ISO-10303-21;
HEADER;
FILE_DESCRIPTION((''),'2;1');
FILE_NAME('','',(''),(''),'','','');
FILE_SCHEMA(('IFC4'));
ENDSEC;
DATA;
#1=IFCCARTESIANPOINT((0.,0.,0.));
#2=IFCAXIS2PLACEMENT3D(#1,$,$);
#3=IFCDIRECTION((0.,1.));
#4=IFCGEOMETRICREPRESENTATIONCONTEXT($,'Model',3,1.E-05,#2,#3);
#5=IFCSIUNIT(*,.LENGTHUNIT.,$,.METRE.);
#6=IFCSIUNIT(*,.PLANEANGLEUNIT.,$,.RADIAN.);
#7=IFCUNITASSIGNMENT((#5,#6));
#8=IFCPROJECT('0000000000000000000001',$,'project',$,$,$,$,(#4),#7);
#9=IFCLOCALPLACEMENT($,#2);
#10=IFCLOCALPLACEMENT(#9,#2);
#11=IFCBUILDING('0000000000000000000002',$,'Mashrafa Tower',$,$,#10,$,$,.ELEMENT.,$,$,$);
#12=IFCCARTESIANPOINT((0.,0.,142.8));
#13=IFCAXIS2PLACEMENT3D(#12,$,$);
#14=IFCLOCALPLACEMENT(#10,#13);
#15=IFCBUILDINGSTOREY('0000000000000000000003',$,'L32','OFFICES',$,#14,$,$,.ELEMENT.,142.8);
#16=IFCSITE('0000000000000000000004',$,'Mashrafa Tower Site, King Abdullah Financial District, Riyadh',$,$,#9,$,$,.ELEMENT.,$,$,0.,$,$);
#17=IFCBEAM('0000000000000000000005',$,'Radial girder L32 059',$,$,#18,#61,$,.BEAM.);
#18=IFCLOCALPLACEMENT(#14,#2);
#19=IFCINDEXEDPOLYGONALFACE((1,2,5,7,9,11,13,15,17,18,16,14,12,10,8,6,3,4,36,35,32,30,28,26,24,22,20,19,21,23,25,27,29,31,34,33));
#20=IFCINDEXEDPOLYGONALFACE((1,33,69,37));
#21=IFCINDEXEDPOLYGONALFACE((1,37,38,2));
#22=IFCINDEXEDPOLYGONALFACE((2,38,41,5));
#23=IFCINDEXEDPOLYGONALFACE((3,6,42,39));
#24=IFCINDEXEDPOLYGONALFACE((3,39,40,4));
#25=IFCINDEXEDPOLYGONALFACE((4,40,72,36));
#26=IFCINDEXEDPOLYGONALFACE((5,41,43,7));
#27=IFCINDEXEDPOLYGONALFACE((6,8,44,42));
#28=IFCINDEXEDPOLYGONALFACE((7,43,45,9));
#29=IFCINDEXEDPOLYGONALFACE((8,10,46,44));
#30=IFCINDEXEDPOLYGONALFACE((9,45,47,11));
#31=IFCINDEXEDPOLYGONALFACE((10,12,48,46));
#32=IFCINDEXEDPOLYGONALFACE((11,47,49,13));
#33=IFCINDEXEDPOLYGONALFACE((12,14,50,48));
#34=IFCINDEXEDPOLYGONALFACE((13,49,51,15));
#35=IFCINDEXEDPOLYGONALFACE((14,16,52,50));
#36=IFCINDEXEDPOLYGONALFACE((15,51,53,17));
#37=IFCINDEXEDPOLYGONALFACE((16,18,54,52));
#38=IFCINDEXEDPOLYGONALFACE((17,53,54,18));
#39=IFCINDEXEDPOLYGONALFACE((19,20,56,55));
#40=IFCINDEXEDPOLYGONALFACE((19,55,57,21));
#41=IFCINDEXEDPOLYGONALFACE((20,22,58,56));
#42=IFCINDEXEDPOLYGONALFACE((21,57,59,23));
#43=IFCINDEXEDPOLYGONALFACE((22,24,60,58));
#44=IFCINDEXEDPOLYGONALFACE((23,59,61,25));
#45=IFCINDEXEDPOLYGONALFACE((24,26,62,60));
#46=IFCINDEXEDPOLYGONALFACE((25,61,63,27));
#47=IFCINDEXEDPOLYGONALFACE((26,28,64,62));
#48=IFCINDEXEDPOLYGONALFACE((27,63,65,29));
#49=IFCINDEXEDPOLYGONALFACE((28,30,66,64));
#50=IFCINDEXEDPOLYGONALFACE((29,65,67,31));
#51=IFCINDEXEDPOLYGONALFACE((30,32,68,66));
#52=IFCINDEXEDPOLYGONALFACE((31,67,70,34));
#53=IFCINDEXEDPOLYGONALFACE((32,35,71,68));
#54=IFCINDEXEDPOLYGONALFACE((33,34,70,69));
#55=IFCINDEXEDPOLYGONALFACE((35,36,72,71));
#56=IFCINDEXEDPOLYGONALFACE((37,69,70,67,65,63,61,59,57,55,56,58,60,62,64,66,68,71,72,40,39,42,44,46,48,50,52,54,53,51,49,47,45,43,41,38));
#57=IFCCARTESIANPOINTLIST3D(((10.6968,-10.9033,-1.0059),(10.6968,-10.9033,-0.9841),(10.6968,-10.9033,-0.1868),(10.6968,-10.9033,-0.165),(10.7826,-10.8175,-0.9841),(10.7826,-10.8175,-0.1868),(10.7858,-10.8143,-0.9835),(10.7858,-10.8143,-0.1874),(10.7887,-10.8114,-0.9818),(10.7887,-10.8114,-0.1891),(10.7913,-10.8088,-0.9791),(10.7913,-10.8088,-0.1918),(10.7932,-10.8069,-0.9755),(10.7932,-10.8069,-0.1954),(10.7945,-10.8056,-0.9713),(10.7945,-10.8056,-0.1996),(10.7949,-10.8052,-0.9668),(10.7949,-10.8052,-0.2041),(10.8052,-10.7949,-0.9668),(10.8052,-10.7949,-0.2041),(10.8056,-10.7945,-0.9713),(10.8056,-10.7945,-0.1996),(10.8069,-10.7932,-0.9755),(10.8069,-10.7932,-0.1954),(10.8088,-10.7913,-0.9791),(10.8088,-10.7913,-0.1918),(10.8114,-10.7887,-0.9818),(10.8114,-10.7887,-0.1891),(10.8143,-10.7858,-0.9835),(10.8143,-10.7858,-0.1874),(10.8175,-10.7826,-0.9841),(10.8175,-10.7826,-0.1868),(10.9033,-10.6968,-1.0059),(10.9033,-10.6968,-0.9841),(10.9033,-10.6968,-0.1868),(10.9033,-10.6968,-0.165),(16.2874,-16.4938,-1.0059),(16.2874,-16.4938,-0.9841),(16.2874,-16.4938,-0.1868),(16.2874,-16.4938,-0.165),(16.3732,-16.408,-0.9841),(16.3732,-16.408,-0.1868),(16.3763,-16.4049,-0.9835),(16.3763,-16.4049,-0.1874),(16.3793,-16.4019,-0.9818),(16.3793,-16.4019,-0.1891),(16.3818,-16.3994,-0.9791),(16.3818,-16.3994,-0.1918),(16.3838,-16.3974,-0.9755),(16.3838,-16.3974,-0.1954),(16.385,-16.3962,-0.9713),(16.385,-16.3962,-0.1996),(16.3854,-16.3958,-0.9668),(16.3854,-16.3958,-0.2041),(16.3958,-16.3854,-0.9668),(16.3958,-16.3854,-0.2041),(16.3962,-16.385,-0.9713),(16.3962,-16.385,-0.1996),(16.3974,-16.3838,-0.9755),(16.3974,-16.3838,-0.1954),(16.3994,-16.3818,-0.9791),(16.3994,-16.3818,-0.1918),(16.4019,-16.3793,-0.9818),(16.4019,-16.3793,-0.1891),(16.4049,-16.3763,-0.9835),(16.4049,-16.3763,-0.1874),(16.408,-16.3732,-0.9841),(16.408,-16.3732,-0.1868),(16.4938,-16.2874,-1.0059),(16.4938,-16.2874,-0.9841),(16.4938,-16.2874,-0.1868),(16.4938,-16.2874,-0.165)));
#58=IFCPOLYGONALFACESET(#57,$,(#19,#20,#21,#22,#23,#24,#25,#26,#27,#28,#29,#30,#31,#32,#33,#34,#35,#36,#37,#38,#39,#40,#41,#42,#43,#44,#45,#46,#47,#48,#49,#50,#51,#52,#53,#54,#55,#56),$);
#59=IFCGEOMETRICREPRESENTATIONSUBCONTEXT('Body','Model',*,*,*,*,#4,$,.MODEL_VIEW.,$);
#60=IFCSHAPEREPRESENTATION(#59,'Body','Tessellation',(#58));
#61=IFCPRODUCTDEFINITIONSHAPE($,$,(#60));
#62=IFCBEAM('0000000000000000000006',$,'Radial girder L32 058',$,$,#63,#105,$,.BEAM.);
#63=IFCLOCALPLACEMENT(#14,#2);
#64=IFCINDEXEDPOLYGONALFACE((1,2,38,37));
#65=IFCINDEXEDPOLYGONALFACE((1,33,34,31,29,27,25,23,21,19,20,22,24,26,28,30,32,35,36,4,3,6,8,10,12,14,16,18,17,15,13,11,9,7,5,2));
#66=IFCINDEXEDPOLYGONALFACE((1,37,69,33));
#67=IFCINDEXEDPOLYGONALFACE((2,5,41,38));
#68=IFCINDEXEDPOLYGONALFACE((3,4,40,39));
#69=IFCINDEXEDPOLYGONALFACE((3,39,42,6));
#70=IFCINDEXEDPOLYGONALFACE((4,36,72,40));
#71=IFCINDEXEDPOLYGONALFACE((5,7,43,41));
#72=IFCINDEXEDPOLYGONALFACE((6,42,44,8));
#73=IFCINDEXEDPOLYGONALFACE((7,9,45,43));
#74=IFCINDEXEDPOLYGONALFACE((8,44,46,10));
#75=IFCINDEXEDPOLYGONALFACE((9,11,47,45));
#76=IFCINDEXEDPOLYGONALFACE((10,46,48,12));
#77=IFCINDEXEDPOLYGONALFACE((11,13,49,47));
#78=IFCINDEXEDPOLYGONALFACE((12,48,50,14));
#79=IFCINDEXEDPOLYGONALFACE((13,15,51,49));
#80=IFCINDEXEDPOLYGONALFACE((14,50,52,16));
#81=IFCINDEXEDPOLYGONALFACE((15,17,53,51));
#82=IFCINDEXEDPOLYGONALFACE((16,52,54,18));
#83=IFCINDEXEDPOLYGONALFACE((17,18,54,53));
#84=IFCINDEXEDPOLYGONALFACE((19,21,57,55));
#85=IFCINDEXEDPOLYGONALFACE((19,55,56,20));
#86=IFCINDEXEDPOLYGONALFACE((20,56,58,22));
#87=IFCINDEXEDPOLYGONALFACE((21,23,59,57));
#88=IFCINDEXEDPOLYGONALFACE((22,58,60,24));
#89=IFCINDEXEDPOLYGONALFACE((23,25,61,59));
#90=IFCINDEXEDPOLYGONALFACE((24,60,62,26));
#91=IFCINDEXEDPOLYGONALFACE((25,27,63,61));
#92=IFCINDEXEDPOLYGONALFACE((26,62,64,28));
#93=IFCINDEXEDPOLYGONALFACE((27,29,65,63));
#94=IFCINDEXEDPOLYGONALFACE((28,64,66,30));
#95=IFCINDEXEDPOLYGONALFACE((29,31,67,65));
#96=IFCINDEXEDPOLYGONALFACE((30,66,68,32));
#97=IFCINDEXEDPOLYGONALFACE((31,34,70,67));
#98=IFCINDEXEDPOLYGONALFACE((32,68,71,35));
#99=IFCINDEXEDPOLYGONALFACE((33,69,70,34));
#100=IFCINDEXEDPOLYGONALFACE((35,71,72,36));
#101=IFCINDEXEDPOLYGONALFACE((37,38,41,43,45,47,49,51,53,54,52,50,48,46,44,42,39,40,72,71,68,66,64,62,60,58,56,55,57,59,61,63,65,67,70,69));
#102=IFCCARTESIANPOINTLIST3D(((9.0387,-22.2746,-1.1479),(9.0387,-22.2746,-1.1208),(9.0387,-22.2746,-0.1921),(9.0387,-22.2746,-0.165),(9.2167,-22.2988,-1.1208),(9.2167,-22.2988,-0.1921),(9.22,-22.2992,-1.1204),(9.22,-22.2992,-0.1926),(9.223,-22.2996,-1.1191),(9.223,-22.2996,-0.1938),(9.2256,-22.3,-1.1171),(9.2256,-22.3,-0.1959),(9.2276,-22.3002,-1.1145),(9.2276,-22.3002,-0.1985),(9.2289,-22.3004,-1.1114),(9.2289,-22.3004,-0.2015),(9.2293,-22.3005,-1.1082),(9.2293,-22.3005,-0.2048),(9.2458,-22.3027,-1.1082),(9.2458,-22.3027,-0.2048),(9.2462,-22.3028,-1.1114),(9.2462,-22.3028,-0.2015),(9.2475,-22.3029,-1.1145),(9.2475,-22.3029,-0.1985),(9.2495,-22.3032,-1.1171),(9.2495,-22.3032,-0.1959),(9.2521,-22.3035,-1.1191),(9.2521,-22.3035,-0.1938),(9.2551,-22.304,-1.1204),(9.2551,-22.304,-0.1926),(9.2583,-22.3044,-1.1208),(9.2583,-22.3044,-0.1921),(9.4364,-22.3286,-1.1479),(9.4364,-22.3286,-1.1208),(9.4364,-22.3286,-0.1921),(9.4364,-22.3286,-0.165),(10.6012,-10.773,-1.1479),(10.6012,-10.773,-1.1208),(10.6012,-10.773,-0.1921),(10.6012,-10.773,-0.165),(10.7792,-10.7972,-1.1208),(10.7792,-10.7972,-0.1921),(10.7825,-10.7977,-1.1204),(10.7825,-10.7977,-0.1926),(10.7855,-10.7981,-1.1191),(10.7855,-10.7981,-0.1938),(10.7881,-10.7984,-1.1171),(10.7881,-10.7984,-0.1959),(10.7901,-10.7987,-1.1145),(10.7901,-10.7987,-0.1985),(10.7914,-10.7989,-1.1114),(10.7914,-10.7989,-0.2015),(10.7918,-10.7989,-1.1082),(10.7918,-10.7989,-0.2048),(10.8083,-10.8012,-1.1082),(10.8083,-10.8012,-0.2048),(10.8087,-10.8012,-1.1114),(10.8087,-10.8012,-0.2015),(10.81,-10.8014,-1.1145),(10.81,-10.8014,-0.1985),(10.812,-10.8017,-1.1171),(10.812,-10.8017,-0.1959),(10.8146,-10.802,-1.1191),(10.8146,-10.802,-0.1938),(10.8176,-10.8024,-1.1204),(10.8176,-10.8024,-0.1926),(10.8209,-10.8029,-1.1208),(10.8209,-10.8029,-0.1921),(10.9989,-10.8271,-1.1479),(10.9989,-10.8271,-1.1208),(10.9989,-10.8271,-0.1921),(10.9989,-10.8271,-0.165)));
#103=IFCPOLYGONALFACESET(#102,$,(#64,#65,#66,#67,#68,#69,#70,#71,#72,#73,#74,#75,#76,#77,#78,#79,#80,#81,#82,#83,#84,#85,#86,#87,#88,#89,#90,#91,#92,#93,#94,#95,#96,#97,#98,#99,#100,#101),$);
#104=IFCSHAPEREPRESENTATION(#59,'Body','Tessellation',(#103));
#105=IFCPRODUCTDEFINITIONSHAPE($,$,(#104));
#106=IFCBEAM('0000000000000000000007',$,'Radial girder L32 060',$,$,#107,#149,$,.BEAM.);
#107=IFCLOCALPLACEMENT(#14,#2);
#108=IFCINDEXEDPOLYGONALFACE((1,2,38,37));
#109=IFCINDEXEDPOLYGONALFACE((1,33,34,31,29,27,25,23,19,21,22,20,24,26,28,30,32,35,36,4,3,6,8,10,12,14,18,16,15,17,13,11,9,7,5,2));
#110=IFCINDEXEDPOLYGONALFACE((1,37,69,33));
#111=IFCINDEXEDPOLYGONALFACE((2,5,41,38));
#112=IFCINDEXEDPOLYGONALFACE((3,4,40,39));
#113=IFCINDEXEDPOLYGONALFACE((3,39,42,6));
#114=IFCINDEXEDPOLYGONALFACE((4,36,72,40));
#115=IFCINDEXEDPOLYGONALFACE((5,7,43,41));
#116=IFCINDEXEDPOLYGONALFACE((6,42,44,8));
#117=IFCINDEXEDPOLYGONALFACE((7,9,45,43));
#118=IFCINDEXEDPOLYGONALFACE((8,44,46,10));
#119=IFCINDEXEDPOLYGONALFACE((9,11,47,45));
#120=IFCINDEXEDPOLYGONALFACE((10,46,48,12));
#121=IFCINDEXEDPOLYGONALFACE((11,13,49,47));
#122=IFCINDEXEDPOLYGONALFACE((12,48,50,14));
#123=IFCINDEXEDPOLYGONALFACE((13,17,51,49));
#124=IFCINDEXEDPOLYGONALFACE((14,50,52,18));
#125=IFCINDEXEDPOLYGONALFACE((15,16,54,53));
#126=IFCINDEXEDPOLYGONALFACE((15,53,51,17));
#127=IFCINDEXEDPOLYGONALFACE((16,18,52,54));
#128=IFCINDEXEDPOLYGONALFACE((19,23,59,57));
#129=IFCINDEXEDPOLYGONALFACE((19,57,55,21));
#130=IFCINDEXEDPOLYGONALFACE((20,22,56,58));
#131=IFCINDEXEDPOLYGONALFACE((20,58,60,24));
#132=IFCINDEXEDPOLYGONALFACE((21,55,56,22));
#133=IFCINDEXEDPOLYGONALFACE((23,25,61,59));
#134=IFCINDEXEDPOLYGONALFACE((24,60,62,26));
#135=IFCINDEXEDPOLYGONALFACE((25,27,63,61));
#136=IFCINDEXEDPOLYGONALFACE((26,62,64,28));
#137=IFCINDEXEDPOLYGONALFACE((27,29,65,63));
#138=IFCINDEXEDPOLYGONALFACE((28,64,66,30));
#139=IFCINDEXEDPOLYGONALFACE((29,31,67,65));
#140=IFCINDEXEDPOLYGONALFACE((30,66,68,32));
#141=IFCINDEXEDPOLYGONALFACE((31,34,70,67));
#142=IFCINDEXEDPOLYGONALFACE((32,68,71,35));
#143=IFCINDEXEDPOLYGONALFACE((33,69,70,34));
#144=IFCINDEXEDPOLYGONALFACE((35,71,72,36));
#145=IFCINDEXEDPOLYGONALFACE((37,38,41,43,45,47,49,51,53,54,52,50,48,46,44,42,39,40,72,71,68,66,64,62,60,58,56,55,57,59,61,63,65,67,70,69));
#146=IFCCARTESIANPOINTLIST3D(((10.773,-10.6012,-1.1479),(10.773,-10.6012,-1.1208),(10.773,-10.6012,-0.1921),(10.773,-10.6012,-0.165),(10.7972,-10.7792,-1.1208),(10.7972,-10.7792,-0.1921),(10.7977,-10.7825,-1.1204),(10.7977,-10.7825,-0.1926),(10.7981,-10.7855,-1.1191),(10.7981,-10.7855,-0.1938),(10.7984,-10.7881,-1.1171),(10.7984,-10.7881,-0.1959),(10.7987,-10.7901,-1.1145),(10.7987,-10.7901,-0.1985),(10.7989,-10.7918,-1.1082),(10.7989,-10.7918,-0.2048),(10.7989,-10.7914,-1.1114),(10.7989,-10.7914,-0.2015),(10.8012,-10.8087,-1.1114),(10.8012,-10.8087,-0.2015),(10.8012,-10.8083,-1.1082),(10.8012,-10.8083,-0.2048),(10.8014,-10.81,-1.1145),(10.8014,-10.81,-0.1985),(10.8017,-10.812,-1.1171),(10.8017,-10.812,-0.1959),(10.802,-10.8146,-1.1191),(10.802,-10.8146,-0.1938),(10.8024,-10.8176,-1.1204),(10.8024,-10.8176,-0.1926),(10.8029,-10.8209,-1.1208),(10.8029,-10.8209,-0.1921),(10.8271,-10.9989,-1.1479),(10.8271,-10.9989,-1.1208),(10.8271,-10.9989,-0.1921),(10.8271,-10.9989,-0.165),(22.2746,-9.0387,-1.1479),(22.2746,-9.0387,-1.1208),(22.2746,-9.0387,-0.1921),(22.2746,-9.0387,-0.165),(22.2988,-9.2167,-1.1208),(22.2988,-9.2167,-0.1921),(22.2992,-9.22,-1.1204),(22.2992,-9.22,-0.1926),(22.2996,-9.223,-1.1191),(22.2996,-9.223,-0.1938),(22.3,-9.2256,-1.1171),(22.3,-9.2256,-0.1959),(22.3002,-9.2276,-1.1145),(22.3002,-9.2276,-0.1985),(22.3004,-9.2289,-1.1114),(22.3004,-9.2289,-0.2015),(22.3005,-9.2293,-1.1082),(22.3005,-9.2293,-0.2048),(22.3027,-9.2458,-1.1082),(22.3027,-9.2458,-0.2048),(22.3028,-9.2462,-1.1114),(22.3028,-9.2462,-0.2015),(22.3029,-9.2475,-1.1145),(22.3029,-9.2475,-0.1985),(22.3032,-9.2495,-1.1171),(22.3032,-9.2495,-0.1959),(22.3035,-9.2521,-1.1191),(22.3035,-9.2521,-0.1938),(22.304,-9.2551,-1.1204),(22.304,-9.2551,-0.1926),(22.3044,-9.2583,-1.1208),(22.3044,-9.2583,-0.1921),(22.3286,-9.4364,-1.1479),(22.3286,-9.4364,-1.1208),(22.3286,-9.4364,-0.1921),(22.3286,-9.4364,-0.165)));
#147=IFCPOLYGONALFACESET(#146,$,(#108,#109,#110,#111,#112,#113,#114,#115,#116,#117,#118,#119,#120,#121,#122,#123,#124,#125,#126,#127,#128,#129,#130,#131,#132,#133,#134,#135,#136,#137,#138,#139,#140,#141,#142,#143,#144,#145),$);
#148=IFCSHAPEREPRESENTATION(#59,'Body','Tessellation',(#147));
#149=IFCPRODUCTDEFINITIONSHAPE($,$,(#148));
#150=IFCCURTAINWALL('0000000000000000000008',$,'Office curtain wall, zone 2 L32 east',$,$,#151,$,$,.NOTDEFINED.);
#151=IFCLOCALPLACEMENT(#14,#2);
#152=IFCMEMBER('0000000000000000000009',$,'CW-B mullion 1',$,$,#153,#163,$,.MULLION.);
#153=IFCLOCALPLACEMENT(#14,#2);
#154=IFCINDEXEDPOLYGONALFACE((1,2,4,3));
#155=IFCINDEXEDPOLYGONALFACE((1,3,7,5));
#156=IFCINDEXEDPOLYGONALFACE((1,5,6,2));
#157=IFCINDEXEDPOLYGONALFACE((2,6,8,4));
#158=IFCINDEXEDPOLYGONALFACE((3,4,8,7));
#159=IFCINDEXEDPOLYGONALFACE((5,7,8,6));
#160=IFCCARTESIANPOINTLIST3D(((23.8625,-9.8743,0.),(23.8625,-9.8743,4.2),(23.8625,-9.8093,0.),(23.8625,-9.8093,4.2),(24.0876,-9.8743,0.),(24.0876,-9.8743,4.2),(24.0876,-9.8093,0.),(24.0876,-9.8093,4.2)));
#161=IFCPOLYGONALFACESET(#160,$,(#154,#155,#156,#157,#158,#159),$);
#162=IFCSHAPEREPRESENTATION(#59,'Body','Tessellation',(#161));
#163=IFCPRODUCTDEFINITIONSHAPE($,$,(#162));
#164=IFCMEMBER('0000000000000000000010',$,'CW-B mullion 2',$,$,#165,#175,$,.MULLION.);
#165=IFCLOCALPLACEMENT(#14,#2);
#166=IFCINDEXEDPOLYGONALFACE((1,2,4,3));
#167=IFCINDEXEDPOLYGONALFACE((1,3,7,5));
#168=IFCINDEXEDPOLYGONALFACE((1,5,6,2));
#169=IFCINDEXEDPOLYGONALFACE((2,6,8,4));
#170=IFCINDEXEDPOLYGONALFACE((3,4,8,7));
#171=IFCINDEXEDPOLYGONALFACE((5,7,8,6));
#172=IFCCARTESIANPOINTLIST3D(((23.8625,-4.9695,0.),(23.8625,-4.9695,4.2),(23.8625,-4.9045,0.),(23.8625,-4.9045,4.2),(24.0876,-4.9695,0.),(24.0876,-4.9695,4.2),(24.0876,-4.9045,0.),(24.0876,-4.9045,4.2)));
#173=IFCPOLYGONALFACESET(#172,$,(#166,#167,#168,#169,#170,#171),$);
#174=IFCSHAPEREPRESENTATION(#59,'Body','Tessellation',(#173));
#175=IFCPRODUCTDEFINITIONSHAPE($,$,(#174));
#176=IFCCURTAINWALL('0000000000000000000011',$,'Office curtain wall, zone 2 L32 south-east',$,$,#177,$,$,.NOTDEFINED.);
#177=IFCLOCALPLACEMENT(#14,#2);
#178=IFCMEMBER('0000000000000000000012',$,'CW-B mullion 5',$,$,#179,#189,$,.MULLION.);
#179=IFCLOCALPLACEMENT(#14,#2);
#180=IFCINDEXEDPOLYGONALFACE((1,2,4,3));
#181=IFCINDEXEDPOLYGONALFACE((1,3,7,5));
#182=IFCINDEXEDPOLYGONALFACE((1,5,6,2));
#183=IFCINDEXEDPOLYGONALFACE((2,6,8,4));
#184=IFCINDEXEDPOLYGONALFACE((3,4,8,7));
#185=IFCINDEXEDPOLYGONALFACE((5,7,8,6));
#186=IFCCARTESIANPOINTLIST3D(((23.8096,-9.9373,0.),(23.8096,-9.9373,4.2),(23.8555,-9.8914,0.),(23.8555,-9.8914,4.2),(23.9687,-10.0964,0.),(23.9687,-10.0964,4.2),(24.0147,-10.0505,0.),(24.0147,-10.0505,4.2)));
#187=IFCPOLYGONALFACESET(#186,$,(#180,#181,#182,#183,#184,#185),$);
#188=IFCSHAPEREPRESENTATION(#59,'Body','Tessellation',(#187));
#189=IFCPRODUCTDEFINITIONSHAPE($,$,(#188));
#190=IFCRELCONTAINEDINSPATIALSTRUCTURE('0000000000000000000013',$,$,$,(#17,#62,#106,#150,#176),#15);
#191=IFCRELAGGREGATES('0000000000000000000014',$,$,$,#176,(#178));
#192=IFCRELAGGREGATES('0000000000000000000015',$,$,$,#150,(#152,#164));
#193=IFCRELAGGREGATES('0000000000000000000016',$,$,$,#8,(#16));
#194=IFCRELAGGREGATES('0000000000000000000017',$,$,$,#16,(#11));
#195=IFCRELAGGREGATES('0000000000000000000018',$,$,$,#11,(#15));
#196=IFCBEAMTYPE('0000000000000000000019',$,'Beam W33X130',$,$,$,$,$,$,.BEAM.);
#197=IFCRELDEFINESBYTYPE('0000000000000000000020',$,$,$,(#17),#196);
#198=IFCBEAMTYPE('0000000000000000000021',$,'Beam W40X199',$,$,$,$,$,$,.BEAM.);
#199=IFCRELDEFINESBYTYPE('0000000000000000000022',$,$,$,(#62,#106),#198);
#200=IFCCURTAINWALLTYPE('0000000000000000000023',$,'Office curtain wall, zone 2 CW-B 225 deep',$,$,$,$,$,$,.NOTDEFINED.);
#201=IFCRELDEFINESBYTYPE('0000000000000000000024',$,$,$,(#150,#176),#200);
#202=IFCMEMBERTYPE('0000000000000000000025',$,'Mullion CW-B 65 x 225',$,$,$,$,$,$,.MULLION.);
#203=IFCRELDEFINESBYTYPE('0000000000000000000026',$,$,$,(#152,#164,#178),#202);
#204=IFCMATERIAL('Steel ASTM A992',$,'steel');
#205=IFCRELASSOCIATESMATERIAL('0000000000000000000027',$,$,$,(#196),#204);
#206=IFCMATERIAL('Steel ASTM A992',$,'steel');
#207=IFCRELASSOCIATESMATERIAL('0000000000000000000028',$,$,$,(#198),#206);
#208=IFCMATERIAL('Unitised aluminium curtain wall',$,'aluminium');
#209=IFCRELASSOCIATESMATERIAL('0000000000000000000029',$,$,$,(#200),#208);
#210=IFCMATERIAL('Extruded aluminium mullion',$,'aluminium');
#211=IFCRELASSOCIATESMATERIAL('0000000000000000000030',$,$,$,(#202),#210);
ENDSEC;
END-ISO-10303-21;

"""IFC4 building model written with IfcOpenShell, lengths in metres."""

from ifc_helpers import new_model, si_unit, direction, frame, origin, origin_2d, place, context, subcontext, project, spatial, rectangle, i_section, extrude, source, transform, mapped, material, material_profile, profile_set, type_object, type_shapes, element, aggregate, save


model = new_model("IFC4")

# Units and contexts
model_context = context("Model", 3, precision=1e-05, world=origin(), true_north=direction((0.0, 1.0)))
body_context = subcontext(model_context, "Body", "Model", "MODEL_VIEW")
ifc_project = project(units=[si_unit("LENGTHUNIT", "METRE"), si_unit("PLANEANGLEUNIT", "RADIAN")], contexts=[model_context])

# Site, building, storey
site_placement = place(None, origin())
site = spatial("IfcSite", under=ifc_project, at=site_placement, Name="Mashrafa Tower Site, King Abdullah Financial District, Riyadh", CompositionType="ELEMENT", RefElevation=0.0)
building_placement = place(site_placement, origin())
building = spatial("IfcBuilding", under=site, at=building_placement, Name="Mashrafa Tower", CompositionType="ELEMENT")
storey_placement = place(building_placement, frame((0.0, 0.0, 142.8)))
storey = spatial("IfcBuildingStorey", under=building, at=storey_placement, Name="L32", Description="OFFICES", CompositionType="ELEMENT", Elevation=142.8)

# Beams
ifc_material_1 = material(Name="Steel ASTM A992", Category="steel")
ifc_material_profile_1 = material_profile(ifc_material_1, i_section(OverallWidth=0.292, OverallDepth=0.8408, WebThickness=0.0146, FlangeThickness=0.0217, FilletRadius=0.0173, at=origin_2d()), Name="W33X130")
ifc_profile_set_1 = profile_set([ifc_material_profile_1], Name="Steel ASTM A992")
beam_type_1 = type_object("IfcBeamType", Name="Beam W33X130", PredefinedType="BEAM", material=ifc_profile_set_1)
beam_1_placement = place(storey_placement, frame((10.8, -10.8, -0.5854), z_axis=(0.707107, -0.707107, 0.0), x_axis=(0.707107, 0.707107, 0.0)))
element("IfcBeam", 1, at=beam_1_placement, inside=storey, type_object=beam_type_1, Name="Radial girder L32 059", PredefinedType="BEAM", context=body_context, shape_type="SweptSolid", body=[
    extrude(i_section(OverallWidth=0.292, OverallDepth=0.8408, WebThickness=0.0146, FlangeThickness=0.0217, FilletRadius=0.0173, at=origin_2d()), origin(), (0.0, 0.0, 1.0), 7.9062),
])
ifc_material_2 = material(Name="Steel ASTM A992", Category="steel")
ifc_material_profile_2 = material_profile(ifc_material_2, i_section(OverallWidth=0.4014, OverallDepth=0.9829, WebThickness=0.0166, FlangeThickness=0.0271, FilletRadius=0.0127, at=origin_2d()), Name="W40X199")
ifc_profile_set_2 = profile_set([ifc_material_profile_2], Name="Steel ASTM A992")
beam_type_2 = type_object("IfcBeamType", Name="Beam W40X199", PredefinedType="BEAM", material=ifc_profile_set_2)
for number, where, z_axis, x_axis, name in (
    (2, (10.8, -10.8, -0.6565), (-0.134616, -0.990898, 0.0), (0.990898, -0.134616, 0.0), "Radial girder L32 058"),
    (3, (10.8, -10.8, -0.6565), (0.990898, 0.134616, 0.0), (-0.134616, 0.990898, 0.0), "Radial girder L32 060"),
):
    element("IfcBeam", number, at=place(storey_placement, frame(where, z_axis=z_axis, x_axis=x_axis)), inside=storey, type_object=beam_type_2, Name=name, PredefinedType="BEAM", context=body_context, shape_type="SweptSolid", body=[
        extrude(i_section(OverallWidth=0.4014, OverallDepth=0.9829, WebThickness=0.0166, FlangeThickness=0.0271, FilletRadius=0.0127, at=origin_2d()), origin(), (0.0, 0.0, 1.0), 11.6072),
    ])

# Curtain wall, members
ifc_material_3 = material(Name="Unitised aluminium curtain wall", Category="aluminium")
curtain_wall_type = type_object("IfcCurtainWallType", Name="Office curtain wall, zone 2 CW-B 225 deep", PredefinedType="NOTDEFINED", material=ifc_material_3)
curtain_wall_1_placement = place(storey_placement, origin())
curtain_wall_1 = element("IfcCurtainWall", 4, at=curtain_wall_1_placement, inside=storey, type_object=curtain_wall_type, Name="Office curtain wall, zone 2 L32 east", PredefinedType="NOTDEFINED")
ifc_material_4 = material(Name="Extruded aluminium mullion", Category="aluminium")
ifc_material_profile_3 = material_profile(ifc_material_4, rectangle(XDim=0.2251, YDim=0.0649, at=origin_2d()), Name="Mullion 65x225")
ifc_profile_set_3 = profile_set([ifc_material_profile_3], Name="Extruded aluminium mullion")
member_type_1 = type_object("IfcMemberType", Name="Mullion CW-B 65 x 225", PredefinedType="MULLION", material=ifc_profile_set_3)
shared_shape_1 = source(origin(), body_context, "Body", "SweptSolid", [
    extrude(rectangle(XDim=0.2251, YDim=0.0649, at=origin_2d()), origin(), (0.0, 0.0, 1.0), 4.2),
])
type_shapes(member_type_1, [shared_shape_1])
member_1_placement = place(storey_placement, frame((23.9751, -9.8418, 0.0), z_axis=(0.0, 0.0, 1.0), x_axis=(-1.0, 0.0, 0.0)))
member_1 = element("IfcMember", 5, at=member_1_placement, type_object=member_type_1, Name="CW-B mullion 1", PredefinedType="MULLION", context=body_context, shape_type="MappedRepresentation", body=[
    mapped(shared_shape_1, transform((0.0, 0.0, 0.0))),
])
member_2_placement = place(storey_placement, frame((23.9751, -4.937, 0.0), z_axis=(0.0, 0.0, 1.0), x_axis=(-1.0, 0.0, 0.0)))
member_2 = element("IfcMember", 6, at=member_2_placement, type_object=member_type_1, Name="CW-B mullion 2", PredefinedType="MULLION", context=body_context, shape_type="MappedRepresentation", body=[
    mapped(shared_shape_1, transform((0.0, 0.0, 0.0))),
])

# Curtain wall, member
curtain_wall_2_placement = place(storey_placement, origin())
curtain_wall_2 = element("IfcCurtainWall", 7, at=curtain_wall_2_placement, inside=storey, type_object=curtain_wall_type, Name="Office curtain wall, zone 2 L32 south-east", PredefinedType="NOTDEFINED")
member_3_placement = place(storey_placement, frame((23.9121, -9.9939, 0.0), z_axis=(0.0, 0.0, 1.0), x_axis=(-0.707107, 0.707107, 0.0)))
member_3 = element("IfcMember", 8, at=member_3_placement, type_object=member_type_1, Name="CW-B mullion 5", PredefinedType="MULLION", context=body_context, shape_type="MappedRepresentation", body=[
    mapped(shared_shape_1, transform((0.0, 0.0, 0.0))),
])
aggregate(curtain_wall_2, [member_3])

aggregate(curtain_wall_1, [member_1, member_2])

save(model, "model.ifc")
